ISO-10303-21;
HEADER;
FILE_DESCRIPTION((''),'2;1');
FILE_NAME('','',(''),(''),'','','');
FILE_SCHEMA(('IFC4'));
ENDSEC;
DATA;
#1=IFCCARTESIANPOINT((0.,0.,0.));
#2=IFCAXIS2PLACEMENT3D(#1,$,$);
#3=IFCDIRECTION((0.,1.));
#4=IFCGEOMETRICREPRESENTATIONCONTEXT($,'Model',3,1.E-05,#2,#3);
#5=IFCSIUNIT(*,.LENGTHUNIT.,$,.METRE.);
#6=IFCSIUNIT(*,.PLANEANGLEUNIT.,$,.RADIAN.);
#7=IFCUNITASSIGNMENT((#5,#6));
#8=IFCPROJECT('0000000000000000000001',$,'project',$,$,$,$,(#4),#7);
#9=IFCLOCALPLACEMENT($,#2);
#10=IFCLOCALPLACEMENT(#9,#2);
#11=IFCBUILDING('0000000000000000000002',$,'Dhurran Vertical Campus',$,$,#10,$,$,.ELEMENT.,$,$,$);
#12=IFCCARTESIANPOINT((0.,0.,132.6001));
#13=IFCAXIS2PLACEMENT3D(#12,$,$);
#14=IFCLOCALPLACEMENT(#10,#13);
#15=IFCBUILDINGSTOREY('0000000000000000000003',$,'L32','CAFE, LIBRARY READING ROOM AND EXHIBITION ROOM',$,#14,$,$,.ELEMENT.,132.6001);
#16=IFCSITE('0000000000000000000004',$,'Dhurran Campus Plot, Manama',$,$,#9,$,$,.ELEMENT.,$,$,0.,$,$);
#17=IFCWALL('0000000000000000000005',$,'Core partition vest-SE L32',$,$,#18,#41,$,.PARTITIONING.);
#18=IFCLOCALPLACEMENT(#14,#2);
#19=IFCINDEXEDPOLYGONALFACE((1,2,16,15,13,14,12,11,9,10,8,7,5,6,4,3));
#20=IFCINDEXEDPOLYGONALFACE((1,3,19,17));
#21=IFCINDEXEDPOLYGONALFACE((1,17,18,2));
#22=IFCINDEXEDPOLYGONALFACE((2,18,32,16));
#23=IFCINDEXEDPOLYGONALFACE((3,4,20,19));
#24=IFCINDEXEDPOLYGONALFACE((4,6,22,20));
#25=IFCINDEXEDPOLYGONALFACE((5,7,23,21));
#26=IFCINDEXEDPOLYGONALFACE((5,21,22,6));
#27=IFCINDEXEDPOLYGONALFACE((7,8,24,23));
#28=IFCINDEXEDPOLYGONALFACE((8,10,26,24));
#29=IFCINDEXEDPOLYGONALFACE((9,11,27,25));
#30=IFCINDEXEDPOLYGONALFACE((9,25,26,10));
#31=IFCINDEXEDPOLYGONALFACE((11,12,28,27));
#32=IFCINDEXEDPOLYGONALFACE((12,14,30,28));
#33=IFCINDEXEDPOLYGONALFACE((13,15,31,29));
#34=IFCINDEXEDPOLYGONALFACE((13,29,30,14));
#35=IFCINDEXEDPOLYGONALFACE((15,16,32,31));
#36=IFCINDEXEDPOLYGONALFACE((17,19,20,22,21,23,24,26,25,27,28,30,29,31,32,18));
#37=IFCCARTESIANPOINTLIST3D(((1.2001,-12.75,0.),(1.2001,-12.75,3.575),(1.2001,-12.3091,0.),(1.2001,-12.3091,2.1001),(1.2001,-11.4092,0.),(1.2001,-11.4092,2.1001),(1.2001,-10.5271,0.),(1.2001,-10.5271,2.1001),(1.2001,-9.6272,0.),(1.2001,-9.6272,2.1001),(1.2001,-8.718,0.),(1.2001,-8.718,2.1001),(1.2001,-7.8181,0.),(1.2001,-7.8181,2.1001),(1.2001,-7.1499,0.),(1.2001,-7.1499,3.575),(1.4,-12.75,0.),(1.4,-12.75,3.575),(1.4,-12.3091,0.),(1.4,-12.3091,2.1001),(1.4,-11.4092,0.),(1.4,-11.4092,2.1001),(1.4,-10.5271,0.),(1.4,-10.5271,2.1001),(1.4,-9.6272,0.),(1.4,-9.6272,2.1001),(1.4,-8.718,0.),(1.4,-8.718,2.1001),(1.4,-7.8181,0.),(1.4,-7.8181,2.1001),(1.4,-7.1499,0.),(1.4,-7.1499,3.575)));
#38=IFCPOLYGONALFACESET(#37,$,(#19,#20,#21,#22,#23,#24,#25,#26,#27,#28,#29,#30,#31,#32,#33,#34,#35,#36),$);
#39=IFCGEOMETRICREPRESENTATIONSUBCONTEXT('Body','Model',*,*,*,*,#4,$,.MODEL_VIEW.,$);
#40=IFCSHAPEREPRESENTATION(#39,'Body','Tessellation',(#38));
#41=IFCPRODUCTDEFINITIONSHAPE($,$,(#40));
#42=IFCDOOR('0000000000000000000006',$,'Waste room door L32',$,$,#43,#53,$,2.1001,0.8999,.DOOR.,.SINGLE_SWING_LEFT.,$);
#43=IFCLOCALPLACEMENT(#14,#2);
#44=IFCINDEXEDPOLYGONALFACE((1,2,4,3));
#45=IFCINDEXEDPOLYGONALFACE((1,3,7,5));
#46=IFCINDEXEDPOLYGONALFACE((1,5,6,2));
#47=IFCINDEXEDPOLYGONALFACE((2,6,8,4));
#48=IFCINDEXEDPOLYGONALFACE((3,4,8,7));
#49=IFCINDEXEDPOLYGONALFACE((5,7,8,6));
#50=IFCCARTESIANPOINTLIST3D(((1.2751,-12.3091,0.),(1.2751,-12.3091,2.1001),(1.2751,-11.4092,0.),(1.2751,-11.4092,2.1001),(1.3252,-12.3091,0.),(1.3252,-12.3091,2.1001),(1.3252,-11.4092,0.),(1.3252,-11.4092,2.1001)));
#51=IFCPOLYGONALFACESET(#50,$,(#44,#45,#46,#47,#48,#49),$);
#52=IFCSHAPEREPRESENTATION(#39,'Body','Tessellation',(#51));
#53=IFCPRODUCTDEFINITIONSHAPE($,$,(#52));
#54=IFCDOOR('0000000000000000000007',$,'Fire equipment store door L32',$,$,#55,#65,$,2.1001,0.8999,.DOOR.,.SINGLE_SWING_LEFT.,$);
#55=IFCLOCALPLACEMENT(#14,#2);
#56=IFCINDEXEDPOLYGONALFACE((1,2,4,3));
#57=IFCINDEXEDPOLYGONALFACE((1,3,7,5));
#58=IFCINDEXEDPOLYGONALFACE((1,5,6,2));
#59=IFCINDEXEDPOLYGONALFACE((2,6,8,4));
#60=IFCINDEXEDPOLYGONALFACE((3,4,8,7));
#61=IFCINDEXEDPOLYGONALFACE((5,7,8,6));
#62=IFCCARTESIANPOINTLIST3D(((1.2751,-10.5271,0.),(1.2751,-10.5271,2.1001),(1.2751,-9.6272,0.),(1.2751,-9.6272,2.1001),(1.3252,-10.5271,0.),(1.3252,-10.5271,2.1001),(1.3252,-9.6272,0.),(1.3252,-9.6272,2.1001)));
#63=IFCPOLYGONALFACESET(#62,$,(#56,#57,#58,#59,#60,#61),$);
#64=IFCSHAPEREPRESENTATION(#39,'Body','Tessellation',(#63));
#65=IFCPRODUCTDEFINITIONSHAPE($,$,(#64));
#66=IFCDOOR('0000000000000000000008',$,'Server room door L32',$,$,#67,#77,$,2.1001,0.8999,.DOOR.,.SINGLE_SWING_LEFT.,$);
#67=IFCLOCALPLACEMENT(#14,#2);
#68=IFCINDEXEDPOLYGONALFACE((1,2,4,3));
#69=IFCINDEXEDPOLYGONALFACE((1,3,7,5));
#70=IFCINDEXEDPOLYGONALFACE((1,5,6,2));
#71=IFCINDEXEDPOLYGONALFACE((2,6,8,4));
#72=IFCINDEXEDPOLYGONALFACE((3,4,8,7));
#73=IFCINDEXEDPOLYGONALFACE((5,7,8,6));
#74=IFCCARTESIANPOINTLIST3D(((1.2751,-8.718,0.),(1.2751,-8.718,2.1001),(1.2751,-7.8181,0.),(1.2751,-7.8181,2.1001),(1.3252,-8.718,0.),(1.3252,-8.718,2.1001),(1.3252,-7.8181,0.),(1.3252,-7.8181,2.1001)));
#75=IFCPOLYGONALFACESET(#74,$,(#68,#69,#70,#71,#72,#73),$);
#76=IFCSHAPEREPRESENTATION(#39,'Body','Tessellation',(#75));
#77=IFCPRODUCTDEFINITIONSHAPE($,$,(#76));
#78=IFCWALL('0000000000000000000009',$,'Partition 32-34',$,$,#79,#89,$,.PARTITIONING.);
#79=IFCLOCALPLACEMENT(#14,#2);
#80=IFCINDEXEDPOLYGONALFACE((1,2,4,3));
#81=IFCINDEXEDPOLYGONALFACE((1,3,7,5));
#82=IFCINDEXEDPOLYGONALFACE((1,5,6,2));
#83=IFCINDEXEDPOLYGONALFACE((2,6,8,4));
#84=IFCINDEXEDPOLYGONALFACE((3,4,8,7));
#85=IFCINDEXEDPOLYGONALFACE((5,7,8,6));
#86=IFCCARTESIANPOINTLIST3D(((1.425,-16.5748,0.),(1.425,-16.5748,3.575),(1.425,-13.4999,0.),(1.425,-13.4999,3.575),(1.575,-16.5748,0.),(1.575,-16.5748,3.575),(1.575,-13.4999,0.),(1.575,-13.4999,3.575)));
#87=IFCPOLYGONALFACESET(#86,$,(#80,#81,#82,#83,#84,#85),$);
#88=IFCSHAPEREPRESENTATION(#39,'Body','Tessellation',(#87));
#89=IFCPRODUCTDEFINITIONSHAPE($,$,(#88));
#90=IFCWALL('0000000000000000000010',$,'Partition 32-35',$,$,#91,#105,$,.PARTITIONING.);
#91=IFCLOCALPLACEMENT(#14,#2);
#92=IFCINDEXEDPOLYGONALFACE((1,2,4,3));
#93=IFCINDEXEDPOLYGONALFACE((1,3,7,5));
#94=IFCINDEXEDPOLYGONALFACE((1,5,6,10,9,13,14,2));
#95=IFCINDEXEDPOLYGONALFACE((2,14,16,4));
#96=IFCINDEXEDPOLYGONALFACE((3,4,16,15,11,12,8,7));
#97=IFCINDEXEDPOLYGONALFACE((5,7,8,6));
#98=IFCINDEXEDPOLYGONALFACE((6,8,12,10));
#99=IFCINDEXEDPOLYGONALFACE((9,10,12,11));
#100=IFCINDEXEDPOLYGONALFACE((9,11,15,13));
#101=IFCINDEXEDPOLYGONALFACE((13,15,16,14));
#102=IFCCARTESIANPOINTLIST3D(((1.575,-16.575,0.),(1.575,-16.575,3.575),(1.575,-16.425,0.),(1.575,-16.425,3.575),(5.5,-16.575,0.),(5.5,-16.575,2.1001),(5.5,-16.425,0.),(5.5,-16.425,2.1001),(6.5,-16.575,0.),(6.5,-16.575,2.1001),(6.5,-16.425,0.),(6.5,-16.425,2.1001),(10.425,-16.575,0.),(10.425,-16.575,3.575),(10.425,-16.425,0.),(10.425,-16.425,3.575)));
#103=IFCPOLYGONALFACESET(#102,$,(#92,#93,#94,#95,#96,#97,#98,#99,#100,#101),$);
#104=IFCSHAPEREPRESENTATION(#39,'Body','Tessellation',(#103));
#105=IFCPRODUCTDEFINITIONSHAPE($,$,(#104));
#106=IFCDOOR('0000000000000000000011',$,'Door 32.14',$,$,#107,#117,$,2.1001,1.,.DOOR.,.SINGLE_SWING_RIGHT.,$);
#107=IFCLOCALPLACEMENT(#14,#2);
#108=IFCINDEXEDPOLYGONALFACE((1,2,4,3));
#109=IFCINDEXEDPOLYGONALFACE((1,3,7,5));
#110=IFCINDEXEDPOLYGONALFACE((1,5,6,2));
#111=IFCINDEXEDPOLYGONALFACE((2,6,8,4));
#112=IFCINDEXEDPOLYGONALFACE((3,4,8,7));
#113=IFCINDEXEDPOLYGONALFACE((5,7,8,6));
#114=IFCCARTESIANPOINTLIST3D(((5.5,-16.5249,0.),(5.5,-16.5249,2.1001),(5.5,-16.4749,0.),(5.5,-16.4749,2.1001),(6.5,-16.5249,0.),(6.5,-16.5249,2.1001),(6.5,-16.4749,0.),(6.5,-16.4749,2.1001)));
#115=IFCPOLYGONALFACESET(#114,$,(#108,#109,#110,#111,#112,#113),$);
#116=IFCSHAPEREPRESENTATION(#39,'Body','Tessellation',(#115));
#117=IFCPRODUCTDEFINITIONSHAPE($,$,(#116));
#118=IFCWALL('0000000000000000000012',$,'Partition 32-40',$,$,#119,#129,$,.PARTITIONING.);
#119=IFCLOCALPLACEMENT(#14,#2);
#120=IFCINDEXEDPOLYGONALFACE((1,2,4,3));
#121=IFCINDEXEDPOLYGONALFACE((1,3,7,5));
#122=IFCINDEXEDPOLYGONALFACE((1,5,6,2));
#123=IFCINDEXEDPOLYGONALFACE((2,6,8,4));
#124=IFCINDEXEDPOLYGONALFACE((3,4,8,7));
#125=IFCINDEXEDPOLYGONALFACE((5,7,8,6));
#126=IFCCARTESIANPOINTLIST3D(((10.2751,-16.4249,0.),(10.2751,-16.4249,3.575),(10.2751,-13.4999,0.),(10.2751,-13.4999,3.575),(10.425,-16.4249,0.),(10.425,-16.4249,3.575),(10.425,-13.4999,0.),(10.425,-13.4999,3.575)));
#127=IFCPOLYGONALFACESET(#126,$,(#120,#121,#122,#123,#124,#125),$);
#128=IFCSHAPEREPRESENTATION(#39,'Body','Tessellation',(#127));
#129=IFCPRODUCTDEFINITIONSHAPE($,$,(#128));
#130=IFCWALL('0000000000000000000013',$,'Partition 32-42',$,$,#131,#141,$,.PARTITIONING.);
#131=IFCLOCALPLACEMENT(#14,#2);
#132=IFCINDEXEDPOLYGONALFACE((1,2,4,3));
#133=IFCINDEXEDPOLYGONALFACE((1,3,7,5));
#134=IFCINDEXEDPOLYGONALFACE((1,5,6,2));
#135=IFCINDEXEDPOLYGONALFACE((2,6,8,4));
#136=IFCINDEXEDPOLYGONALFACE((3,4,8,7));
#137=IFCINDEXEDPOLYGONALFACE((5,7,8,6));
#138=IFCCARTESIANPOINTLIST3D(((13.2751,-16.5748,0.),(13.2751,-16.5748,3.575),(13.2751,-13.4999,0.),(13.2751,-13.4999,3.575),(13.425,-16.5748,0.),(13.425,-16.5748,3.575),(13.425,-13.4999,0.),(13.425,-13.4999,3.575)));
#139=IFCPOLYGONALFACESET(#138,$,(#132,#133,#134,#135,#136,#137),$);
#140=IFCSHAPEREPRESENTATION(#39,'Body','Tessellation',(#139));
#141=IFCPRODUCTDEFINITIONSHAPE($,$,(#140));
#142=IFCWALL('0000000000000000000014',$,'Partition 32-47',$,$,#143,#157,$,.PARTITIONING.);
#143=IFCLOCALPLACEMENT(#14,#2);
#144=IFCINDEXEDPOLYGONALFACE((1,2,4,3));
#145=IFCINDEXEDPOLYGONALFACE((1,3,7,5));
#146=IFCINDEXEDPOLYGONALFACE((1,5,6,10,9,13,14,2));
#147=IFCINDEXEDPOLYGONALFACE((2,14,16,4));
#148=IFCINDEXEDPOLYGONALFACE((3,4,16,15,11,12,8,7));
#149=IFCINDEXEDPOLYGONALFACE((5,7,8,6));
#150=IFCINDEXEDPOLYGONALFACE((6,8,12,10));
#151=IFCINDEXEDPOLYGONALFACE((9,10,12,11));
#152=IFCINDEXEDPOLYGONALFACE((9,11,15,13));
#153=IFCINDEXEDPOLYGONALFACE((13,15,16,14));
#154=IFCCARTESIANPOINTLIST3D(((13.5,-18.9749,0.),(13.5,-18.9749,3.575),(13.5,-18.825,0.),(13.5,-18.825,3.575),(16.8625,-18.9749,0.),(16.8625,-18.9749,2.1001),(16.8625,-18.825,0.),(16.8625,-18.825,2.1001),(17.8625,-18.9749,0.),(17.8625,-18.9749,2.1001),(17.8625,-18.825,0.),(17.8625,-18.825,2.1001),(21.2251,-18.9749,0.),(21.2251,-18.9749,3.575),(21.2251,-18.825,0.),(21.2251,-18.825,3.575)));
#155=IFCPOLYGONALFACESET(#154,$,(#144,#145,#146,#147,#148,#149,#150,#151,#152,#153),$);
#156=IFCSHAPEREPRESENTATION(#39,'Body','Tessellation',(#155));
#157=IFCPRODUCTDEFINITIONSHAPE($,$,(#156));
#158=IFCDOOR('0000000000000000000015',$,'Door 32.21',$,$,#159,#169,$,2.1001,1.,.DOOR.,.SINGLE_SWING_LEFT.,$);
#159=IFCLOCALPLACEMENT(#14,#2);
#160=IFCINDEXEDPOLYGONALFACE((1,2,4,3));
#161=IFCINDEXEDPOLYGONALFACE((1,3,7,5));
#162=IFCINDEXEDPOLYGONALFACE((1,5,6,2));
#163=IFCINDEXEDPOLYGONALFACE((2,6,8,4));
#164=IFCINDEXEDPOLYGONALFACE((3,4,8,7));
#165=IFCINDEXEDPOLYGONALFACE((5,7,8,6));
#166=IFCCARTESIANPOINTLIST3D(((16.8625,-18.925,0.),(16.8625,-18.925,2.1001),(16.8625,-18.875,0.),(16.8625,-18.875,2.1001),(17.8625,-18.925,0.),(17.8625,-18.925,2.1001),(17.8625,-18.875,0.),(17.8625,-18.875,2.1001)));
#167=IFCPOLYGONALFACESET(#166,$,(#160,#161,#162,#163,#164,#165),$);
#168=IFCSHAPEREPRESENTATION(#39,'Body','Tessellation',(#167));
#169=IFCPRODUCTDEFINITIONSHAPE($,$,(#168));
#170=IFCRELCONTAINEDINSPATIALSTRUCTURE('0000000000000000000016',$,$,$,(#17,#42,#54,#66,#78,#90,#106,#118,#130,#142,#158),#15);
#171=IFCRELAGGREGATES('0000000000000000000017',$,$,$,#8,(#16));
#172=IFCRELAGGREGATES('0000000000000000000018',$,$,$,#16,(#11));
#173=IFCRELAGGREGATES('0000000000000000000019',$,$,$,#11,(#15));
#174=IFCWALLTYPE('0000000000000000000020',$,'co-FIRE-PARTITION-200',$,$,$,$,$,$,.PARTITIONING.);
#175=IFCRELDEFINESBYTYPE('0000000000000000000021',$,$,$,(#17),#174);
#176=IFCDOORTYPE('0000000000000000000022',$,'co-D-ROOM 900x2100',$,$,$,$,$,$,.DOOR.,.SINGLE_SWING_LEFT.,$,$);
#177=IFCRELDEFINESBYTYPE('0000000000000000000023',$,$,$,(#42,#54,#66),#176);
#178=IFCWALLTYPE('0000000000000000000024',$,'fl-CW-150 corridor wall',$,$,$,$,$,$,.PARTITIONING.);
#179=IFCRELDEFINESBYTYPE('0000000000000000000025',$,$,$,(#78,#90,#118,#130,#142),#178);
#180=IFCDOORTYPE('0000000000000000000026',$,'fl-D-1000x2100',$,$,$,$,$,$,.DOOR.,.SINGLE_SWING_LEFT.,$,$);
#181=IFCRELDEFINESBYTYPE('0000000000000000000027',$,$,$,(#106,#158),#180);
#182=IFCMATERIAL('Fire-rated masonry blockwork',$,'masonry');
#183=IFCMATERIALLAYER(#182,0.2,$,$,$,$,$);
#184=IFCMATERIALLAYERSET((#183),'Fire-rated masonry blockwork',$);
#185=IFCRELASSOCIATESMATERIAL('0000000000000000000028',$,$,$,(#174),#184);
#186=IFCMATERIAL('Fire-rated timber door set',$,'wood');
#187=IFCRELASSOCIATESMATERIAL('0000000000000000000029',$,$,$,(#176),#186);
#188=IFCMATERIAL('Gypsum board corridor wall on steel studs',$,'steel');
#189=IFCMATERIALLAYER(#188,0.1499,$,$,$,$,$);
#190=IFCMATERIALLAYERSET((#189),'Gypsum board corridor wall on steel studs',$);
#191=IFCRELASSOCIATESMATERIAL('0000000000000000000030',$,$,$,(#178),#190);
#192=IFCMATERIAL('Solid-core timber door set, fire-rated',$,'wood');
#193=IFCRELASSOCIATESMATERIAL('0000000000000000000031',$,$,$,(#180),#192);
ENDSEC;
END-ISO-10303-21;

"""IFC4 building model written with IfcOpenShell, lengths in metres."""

from ifc_helpers import new_model, si_unit, direction, frame, frame_2d, origin, place, context, subcontext, project, spatial, rectangle, extrude, material, layer, layer_set, type_object, element, fill, save


model = new_model("IFC4")

# Units and contexts
model_context = context("Model", 3, precision=1e-05, world=origin(), true_north=direction((0.0, 1.0)))
body_context = subcontext(model_context, "Body", "Model", "MODEL_VIEW")
ifc_project = project(units=[si_unit("LENGTHUNIT", "METRE"), si_unit("PLANEANGLEUNIT", "RADIAN")], contexts=[model_context])

# Site, building, storey
site_placement = place(None, origin())
site = spatial("IfcSite", under=ifc_project, at=site_placement, Name="Dhurran Campus Plot, Manama", CompositionType="ELEMENT", RefElevation=0.0)
building_placement = place(site_placement, origin())
building = spatial("IfcBuilding", under=site, at=building_placement, Name="Dhurran Vertical Campus", CompositionType="ELEMENT")
storey_placement = place(building_placement, frame((0.0, 0.0, 132.6001)))
storey = spatial("IfcBuildingStorey", under=building, at=storey_placement, Name="L32", Description="CAFE, LIBRARY READING ROOM AND EXHIBITION ROOM", CompositionType="ELEMENT", Elevation=132.6001)

# Wall, openings, doors
ifc_material_1 = material(Name="Fire-rated masonry blockwork", Category="masonry")
ifc_layer_1 = layer(ifc_material_1, 0.2)
ifc_layer_set_1 = layer_set([ifc_layer_1], Name="Fire-rated masonry blockwork")
wall_type_1 = type_object("IfcWallType", Name="co-FIRE-PARTITION-200", PredefinedType="PARTITIONING", material=ifc_layer_set_1)
wall_1_placement = place(storey_placement, frame((1.3, -12.75, 0.0), z_axis=(0.0, 0.0, 1.0), x_axis=(0.0, 1.0, 0.0)))
wall_1 = element("IfcWall", 1, at=wall_1_placement, inside=storey, type_object=wall_type_1, Name="Core partition vest-SE L32", PredefinedType="PARTITIONING", context=body_context, shape_type="SweptSolid", body=[
    extrude(rectangle(XDim=5.6001, YDim=0.2, at=frame_2d((2.8, 0.0))), origin(), (0.0, 0.0, 1.0), 3.575),
])
opening_1_placement = place(wall_1_placement, frame((0.4409, 0.0, 0.0)))
opening_1 = element("IfcOpeningElement", 2, at=opening_1_placement, cuts=wall_1, PredefinedType="OPENING", context=body_context, shape_type="SweptSolid", body=[
    extrude(rectangle(XDim=0.8999, YDim=2.1001, at=frame_2d((0.45, 1.05))), frame((0.0, 0.1099, 0.0), z_axis=(0.0, -1.0, 0.0), x_axis=(1.0, 0.0, 0.0)), (0.0, 0.0, 1.0), 0.22),
])
opening_2_placement = place(wall_1_placement, frame((2.2229, 0.0, 0.0)))
opening_2 = element("IfcOpeningElement", 3, at=opening_2_placement, cuts=wall_1, PredefinedType="OPENING", context=body_context, shape_type="SweptSolid", body=[
    extrude(rectangle(XDim=0.8999, YDim=2.1001, at=frame_2d((0.45, 1.05))), frame((0.0, 0.1099, 0.0), z_axis=(0.0, -1.0, 0.0), x_axis=(1.0, 0.0, 0.0)), (0.0, 0.0, 1.0), 0.22),
])
opening_3_placement = place(wall_1_placement, frame((4.032, 0.0, 0.0)))
opening_3 = element("IfcOpeningElement", 4, at=opening_3_placement, cuts=wall_1, PredefinedType="OPENING", context=body_context, shape_type="SweptSolid", body=[
    extrude(rectangle(XDim=0.8999, YDim=2.1001, at=frame_2d((0.45, 1.05))), frame((0.0, 0.1099, 0.0), z_axis=(0.0, -1.0, 0.0), x_axis=(1.0, 0.0, 0.0)), (0.0, 0.0, 1.0), 0.22),
])
ifc_material_2 = material(Name="Fire-rated timber door set", Category="wood")
door_type_1 = type_object("IfcDoorType", Name="co-D-ROOM 900x2100", OperationType="SINGLE_SWING_LEFT", PredefinedType="DOOR", material=ifc_material_2)
door_1_placement = place(opening_1_placement, origin())
door_1 = element("IfcDoor", 5, at=door_1_placement, inside=storey, type_object=door_type_1, Name="Waste room door L32", OperationType="SINGLE_SWING_LEFT", OverallHeight=2.1001, OverallWidth=0.8999, PredefinedType="DOOR", context=body_context, shape_type="SweptSolid", body=[
    extrude(rectangle(XDim=0.8999, YDim=2.1001, at=frame_2d((0.45, 1.05))), frame((0.0, 0.0249, 0.0), z_axis=(0.0, -1.0, 0.0), x_axis=(1.0, 0.0, 0.0)), (0.0, 0.0, 1.0), 0.05),
])
fill(opening_1, door_1)
door_2_placement = place(opening_2_placement, origin())
door_2 = element("IfcDoor", 6, at=door_2_placement, inside=storey, type_object=door_type_1, Name="Fire equipment store door L32", OperationType="SINGLE_SWING_LEFT", OverallHeight=2.1001, OverallWidth=0.8999, PredefinedType="DOOR", context=body_context, shape_type="SweptSolid", body=[
    extrude(rectangle(XDim=0.8999, YDim=2.1001, at=frame_2d((0.45, 1.05))), frame((0.0, 0.0249, 0.0), z_axis=(0.0, -1.0, 0.0), x_axis=(1.0, 0.0, 0.0)), (0.0, 0.0, 1.0), 0.05),
])
fill(opening_2, door_2)
door_3_placement = place(opening_3_placement, origin())
door_3 = element("IfcDoor", 7, at=door_3_placement, inside=storey, type_object=door_type_1, Name="Server room door L32", OperationType="SINGLE_SWING_LEFT", OverallHeight=2.1001, OverallWidth=0.8999, PredefinedType="DOOR", context=body_context, shape_type="SweptSolid", body=[
    extrude(rectangle(XDim=0.8999, YDim=2.1001, at=frame_2d((0.45, 1.05))), frame((0.0, 0.0249, 0.0), z_axis=(0.0, -1.0, 0.0), x_axis=(1.0, 0.0, 0.0)), (0.0, 0.0, 1.0), 0.05),
])
fill(opening_3, door_3)

# Wall
ifc_material_3 = material(Name="Gypsum board corridor wall on steel studs", Category="steel")
ifc_layer_2 = layer(ifc_material_3, 0.1499)
ifc_layer_set_2 = layer_set([ifc_layer_2], Name="Gypsum board corridor wall on steel studs")
wall_type_2 = type_object("IfcWallType", Name="fl-CW-150 corridor wall", PredefinedType="PARTITIONING", material=ifc_layer_set_2)
wall_2_placement = place(storey_placement, frame((1.5, -16.575, 0.0), z_axis=(0.0, 0.0, 1.0), x_axis=(0.0, 1.0, 0.0)))
element("IfcWall", 8, at=wall_2_placement, inside=storey, type_object=wall_type_2, Name="Partition 32-34", PredefinedType="PARTITIONING", context=body_context, shape_type="SweptSolid", body=[
    extrude(rectangle(XDim=3.075, YDim=0.1499, at=frame_2d((1.5376, 0.0))), origin(), (0.0, 0.0, 1.0), 3.575),
])

# Wall, opening, door
wall_3_placement = place(storey_placement, frame((10.425, -16.5, 0.0), z_axis=(0.0, 0.0, 1.0), x_axis=(-1.0, 0.0, 0.0)))
wall_3 = element("IfcWall", 9, at=wall_3_placement, inside=storey, type_object=wall_type_2, Name="Partition 32-35", PredefinedType="PARTITIONING", context=body_context, shape_type="SweptSolid", body=[
    extrude(rectangle(XDim=8.8501, YDim=0.1499, at=frame_2d((4.425, 0.0))), origin(), (0.0, 0.0, 1.0), 3.575),
])
opening_4_placement = place(wall_3_placement, frame((3.925, 0.0, 0.0)))
opening_4 = element("IfcOpeningElement", 10, at=opening_4_placement, cuts=wall_3, PredefinedType="OPENING", context=body_context, shape_type="SweptSolid", body=[
    extrude(rectangle(XDim=1.0, YDim=2.1001, at=frame_2d((0.5, 1.05))), frame((0.0, 0.085, 0.0), z_axis=(0.0, -1.0, 0.0), x_axis=(1.0, 0.0, 0.0)), (0.0, 0.0, 1.0), 0.1699),
])
ifc_material_4 = material(Name="Solid-core timber door set, fire-rated", Category="wood")
door_type_2 = type_object("IfcDoorType", Name="fl-D-1000x2100", OperationType="SINGLE_SWING_LEFT", PredefinedType="DOOR", material=ifc_material_4)
door_4_placement = place(opening_4_placement, origin())
door_4 = element("IfcDoor", 11, at=door_4_placement, inside=storey, type_object=door_type_2, Name="Door 32.14", OperationType="SINGLE_SWING_RIGHT", OverallHeight=2.1001, OverallWidth=1.0, PredefinedType="DOOR", context=body_context, shape_type="SweptSolid", body=[
    extrude(rectangle(XDim=1.0, YDim=2.1001, at=frame_2d((0.5, 1.05))), frame((0.0, 0.0249, 0.0), z_axis=(0.0, -1.0, 0.0), x_axis=(1.0, 0.0, 0.0)), (0.0, 0.0, 1.0), 0.05),
])
fill(opening_4, door_4)

# Walls
wall_4_placement = place(storey_placement, frame((10.3501, -13.5, 0.0), z_axis=(0.0, 0.0, 1.0), x_axis=(0.0, -1.0, 0.0)))
element("IfcWall", 12, at=wall_4_placement, inside=storey, type_object=wall_type_2, Name="Partition 32-40", PredefinedType="PARTITIONING", context=body_context, shape_type="SweptSolid", body=[
    extrude(rectangle(XDim=2.925, YDim=0.1499, at=frame_2d((1.4624, 0.0))), origin(), (0.0, 0.0, 1.0), 3.575),
])
wall_5_placement = place(storey_placement, frame((13.3501, -16.575, 0.0), z_axis=(0.0, 0.0, 1.0), x_axis=(0.0, 1.0, 0.0)))
element("IfcWall", 13, at=wall_5_placement, inside=storey, type_object=wall_type_2, Name="Partition 32-42", PredefinedType="PARTITIONING", context=body_context, shape_type="SweptSolid", body=[
    extrude(rectangle(XDim=3.075, YDim=0.1499, at=frame_2d((1.5376, 0.0))), origin(), (0.0, 0.0, 1.0), 3.575),
])

# Wall, opening, door
wall_6_placement = place(storey_placement, frame((13.5, -18.8999, 0.0), z_axis=(0.0, 0.0, 1.0), x_axis=(1.0, 0.0, 0.0)))
wall_6 = element("IfcWall", 14, at=wall_6_placement, inside=storey, type_object=wall_type_2, Name="Partition 32-47", PredefinedType="PARTITIONING", context=body_context, shape_type="SweptSolid", body=[
    extrude(rectangle(XDim=7.7251, YDim=0.1499, at=frame_2d((3.8625, 0.0))), origin(), (0.0, 0.0, 1.0), 3.575),
])
opening_5_placement = place(wall_6_placement, frame((3.3625, 0.0, 0.0)))
opening_5 = element("IfcOpeningElement", 15, at=opening_5_placement, cuts=wall_6, PredefinedType="OPENING", context=body_context, shape_type="SweptSolid", body=[
    extrude(rectangle(XDim=1.0, YDim=2.1001, at=frame_2d((0.5, 1.05))), frame((0.0, 0.085, 0.0), z_axis=(0.0, -1.0, 0.0), x_axis=(1.0, 0.0, 0.0)), (0.0, 0.0, 1.0), 0.1699),
])
door_5_placement = place(opening_5_placement, origin())
door_5 = element("IfcDoor", 16, at=door_5_placement, inside=storey, type_object=door_type_2, Name="Door 32.21", OperationType="SINGLE_SWING_LEFT", OverallHeight=2.1001, OverallWidth=1.0, PredefinedType="DOOR", context=body_context, shape_type="SweptSolid", body=[
    extrude(rectangle(XDim=1.0, YDim=2.1001, at=frame_2d((0.5, 1.05))), frame((0.0, 0.0249, 0.0), z_axis=(0.0, -1.0, 0.0), x_axis=(1.0, 0.0, 0.0)), (0.0, 0.0, 1.0), 0.05),
])
fill(opening_5, door_5)

save(model, "model.ifc")
